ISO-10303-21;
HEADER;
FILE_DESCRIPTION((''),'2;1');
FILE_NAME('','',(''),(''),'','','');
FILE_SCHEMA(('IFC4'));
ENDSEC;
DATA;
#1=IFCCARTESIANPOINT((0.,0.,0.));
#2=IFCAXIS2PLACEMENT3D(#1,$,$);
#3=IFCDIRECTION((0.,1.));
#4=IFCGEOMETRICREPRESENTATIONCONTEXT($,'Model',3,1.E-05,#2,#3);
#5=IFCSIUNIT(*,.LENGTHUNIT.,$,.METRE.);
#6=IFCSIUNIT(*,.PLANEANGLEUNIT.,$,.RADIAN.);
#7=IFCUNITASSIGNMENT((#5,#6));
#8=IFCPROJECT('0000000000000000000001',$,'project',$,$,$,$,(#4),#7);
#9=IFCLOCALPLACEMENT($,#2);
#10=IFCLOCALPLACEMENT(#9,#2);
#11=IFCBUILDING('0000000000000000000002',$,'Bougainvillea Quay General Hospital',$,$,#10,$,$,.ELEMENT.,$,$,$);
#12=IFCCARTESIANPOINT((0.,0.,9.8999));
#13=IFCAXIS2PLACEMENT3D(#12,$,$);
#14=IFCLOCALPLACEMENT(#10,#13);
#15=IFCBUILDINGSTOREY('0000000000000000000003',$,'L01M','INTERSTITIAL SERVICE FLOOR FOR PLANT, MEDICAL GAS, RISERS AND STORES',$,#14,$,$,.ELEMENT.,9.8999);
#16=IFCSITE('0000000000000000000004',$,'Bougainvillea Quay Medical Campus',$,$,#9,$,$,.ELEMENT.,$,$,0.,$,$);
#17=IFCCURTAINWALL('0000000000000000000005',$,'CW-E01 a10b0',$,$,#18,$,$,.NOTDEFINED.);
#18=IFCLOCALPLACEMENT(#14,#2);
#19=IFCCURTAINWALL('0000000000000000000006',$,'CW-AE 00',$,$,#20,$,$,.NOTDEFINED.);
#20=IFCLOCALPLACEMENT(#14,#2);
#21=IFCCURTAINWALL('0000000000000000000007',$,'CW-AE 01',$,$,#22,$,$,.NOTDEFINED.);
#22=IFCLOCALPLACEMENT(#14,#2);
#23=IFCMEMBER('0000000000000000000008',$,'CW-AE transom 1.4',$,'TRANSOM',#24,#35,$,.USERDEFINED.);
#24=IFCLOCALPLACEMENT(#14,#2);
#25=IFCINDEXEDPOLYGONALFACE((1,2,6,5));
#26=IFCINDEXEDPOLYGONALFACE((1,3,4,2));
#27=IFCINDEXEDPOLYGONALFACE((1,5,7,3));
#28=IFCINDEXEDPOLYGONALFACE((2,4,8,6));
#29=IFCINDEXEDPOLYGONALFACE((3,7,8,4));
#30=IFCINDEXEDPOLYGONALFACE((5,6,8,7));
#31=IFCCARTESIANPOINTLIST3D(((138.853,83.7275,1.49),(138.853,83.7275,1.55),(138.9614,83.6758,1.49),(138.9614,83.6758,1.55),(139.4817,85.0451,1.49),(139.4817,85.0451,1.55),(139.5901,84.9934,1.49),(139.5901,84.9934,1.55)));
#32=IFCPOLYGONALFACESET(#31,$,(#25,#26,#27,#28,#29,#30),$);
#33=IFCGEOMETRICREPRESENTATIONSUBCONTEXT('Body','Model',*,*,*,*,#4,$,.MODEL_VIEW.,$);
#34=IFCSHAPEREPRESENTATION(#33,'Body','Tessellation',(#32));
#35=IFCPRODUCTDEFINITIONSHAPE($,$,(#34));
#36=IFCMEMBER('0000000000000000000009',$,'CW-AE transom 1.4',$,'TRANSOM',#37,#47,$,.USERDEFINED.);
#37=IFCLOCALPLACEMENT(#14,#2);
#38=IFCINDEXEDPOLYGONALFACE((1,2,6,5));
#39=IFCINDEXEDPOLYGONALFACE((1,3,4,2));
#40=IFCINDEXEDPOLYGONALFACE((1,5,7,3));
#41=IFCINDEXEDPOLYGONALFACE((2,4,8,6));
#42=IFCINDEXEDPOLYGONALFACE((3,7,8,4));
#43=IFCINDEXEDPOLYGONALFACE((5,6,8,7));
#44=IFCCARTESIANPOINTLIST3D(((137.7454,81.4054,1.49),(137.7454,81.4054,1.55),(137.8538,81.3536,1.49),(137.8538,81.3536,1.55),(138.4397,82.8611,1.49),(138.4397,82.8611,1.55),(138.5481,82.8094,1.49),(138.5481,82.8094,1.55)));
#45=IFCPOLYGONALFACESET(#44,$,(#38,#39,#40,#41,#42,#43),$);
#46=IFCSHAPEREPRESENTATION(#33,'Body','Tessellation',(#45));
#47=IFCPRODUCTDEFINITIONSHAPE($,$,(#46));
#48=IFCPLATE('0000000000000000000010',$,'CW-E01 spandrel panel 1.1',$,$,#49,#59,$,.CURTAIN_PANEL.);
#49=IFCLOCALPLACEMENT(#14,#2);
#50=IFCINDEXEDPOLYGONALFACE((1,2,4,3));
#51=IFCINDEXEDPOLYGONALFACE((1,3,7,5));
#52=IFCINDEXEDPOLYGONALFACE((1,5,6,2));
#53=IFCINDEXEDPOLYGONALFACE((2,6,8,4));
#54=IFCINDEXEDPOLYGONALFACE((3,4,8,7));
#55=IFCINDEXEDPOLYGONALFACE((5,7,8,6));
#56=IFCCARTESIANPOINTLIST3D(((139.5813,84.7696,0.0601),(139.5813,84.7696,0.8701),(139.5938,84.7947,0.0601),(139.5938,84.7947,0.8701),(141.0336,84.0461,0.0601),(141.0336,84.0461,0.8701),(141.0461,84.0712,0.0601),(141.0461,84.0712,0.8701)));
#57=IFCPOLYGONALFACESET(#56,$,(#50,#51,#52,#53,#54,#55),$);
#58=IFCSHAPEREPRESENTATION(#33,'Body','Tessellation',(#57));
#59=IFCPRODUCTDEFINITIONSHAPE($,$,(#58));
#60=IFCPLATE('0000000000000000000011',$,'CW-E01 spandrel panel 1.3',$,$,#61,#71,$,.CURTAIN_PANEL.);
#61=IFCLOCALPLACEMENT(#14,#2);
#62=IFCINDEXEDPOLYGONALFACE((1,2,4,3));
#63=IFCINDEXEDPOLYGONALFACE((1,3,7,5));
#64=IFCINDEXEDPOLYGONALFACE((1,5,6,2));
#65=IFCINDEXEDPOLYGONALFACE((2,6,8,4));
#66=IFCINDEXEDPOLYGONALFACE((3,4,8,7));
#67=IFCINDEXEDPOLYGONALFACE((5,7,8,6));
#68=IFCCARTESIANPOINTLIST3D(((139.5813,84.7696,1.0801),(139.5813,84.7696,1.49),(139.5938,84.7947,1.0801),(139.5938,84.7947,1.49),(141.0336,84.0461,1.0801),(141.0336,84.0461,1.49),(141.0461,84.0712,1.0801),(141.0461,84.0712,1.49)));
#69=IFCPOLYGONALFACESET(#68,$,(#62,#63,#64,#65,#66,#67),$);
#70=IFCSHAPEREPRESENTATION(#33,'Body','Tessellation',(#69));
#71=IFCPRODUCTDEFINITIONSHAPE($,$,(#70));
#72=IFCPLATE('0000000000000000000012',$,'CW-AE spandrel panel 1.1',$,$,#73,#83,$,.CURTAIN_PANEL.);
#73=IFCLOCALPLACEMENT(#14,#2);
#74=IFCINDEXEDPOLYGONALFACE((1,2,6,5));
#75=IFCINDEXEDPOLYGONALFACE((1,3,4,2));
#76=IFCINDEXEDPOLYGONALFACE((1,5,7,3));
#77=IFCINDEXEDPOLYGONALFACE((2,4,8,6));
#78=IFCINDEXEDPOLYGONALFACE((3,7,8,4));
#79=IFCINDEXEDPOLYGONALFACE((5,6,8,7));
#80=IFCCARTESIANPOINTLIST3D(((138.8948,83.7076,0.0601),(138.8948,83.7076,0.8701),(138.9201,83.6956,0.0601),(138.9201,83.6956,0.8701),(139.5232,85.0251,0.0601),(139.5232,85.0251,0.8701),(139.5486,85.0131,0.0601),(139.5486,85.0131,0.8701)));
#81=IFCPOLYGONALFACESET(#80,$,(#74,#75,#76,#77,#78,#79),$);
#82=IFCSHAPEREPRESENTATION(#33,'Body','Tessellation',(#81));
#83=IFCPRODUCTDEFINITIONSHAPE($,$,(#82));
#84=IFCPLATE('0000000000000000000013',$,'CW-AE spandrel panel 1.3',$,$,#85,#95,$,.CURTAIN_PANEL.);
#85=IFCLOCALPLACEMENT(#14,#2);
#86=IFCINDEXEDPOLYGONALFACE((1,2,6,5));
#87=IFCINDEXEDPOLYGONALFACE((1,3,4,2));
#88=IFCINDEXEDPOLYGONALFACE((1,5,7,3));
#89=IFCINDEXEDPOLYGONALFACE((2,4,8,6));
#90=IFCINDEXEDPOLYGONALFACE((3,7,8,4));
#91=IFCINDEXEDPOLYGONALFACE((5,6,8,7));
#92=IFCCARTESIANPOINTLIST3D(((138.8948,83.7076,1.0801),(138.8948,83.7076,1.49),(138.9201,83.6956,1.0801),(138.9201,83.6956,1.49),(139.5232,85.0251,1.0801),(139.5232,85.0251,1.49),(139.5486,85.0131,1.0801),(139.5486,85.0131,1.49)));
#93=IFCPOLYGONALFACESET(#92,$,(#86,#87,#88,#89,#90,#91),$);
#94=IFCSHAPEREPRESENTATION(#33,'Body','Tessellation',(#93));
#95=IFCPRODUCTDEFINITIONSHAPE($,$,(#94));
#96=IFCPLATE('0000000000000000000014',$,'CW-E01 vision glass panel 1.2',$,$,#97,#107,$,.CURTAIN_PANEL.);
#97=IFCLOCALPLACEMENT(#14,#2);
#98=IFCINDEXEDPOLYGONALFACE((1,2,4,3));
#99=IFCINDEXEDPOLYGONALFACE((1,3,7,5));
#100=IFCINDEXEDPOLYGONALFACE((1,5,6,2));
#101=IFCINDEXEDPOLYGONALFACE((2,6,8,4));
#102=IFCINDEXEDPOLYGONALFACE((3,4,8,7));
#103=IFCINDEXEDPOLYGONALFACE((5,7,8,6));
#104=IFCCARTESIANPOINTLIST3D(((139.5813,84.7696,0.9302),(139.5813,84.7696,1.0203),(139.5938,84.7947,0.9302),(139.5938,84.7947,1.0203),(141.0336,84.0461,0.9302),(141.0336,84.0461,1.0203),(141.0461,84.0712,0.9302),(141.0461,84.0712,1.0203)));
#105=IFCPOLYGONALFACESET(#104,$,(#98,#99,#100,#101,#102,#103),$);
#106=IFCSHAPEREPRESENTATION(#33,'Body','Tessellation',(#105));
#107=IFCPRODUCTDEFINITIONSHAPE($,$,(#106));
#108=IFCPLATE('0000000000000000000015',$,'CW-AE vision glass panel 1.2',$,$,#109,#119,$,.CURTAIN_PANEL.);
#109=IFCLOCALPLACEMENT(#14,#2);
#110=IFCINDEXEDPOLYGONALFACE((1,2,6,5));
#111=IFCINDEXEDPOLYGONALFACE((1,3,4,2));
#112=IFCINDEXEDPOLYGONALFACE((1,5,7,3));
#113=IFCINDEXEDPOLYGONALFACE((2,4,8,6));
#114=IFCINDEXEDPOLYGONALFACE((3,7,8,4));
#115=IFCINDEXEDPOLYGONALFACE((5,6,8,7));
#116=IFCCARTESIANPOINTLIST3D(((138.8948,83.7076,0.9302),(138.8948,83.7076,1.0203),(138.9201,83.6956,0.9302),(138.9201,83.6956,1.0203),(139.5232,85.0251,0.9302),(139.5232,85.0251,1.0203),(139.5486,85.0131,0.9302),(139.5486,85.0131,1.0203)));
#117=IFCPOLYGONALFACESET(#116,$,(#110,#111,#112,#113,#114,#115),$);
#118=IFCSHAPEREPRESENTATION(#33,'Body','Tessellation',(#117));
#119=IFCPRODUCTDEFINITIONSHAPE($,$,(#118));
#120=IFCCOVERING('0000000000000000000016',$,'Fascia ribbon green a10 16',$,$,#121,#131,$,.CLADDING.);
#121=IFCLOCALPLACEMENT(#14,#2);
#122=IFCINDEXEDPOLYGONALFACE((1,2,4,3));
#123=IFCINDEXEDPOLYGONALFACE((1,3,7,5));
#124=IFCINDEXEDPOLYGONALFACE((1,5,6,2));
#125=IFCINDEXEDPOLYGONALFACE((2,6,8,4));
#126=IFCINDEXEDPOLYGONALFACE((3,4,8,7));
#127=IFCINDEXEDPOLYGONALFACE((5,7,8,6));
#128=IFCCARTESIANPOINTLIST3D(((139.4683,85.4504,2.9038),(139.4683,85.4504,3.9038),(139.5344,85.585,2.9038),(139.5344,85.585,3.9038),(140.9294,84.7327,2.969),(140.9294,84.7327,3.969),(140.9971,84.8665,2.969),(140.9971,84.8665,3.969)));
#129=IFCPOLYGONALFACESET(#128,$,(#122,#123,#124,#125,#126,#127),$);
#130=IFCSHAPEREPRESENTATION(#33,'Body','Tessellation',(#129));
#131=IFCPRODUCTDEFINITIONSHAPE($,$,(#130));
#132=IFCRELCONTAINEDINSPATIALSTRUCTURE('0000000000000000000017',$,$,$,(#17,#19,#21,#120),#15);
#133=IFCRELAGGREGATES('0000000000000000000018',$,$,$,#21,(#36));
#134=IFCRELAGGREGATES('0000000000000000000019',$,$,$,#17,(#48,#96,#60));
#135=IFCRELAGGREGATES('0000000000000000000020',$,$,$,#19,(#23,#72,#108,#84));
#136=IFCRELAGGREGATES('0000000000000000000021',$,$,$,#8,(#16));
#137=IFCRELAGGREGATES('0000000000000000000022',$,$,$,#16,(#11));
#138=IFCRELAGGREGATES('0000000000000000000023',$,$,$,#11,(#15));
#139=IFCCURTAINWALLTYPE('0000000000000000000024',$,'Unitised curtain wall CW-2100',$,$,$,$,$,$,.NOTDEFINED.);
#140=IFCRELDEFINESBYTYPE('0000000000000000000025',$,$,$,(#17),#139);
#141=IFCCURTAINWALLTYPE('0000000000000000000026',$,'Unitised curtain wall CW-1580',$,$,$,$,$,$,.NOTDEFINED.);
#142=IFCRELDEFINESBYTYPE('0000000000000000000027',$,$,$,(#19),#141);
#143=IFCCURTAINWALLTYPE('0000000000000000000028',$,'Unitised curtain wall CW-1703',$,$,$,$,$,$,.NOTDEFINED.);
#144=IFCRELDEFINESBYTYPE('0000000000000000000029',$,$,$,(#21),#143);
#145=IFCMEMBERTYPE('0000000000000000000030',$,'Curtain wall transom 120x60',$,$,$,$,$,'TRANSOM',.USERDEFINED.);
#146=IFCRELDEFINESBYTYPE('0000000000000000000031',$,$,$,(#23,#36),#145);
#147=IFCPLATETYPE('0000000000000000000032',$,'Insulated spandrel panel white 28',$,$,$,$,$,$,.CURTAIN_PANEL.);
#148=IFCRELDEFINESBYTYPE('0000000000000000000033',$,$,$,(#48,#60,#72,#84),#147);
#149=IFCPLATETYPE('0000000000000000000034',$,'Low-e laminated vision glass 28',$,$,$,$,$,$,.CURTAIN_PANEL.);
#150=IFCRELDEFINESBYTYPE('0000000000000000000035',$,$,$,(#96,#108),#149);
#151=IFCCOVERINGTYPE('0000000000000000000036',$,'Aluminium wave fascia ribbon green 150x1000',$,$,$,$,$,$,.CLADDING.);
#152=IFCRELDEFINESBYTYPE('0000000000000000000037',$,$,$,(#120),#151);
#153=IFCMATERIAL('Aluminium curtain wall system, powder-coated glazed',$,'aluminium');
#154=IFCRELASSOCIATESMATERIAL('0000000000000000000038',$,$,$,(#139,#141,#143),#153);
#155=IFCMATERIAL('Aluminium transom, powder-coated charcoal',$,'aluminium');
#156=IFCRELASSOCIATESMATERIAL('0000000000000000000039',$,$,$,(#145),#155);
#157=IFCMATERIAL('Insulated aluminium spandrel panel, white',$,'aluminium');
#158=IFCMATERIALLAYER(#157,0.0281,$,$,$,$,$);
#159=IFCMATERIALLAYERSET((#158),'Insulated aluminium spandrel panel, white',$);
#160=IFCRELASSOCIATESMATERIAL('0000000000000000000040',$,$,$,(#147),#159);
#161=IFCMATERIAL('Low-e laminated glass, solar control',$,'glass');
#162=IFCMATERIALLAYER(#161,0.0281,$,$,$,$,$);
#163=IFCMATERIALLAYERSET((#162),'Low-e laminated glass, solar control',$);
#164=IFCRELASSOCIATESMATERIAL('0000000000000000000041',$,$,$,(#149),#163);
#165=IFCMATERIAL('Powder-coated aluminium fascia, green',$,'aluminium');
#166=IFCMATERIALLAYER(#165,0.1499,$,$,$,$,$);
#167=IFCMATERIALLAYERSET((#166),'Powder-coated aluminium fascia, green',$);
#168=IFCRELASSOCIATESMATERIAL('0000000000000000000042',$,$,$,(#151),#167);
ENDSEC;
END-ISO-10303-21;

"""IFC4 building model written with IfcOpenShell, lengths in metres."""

from ifc_helpers import new_model, si_unit, direction, frame, origin, origin_2d, place, context, subcontext, project, spatial, polyline, rectangle, outline, extrude, material, layer, layer_set, material_profile, profile_set, type_object, element, aggregate, save


model = new_model("IFC4")

# Units and contexts
model_context = context("Model", 3, precision=1e-05, world=origin(), true_north=direction((0.0, 1.0)))
body_context = subcontext(model_context, "Body", "Model", "MODEL_VIEW")
ifc_project = project(units=[si_unit("LENGTHUNIT", "METRE"), si_unit("PLANEANGLEUNIT", "RADIAN")], contexts=[model_context])

# Site, building, storey
site_placement = place(None, origin())
site = spatial("IfcSite", under=ifc_project, at=site_placement, Name="Bougainvillea Quay Medical Campus", CompositionType="ELEMENT", RefElevation=0.0)
building_placement = place(site_placement, origin())
building = spatial("IfcBuilding", under=site, at=building_placement, Name="Bougainvillea Quay General Hospital", CompositionType="ELEMENT")
storey_placement = place(building_placement, frame((0.0, 0.0, 9.8999)))
storey = spatial("IfcBuildingStorey", under=building, at=storey_placement, Name="L01M", Description="INTERSTITIAL SERVICE FLOOR FOR PLANT, MEDICAL GAS, RISERS AND STORES", CompositionType="ELEMENT", Elevation=9.8999)

# Curtain walls
ifc_material_1 = material(Name="Aluminium curtain wall system, powder-coated glazed", Category="aluminium")
curtain_wall_type_1 = type_object("IfcCurtainWallType", Name="Unitised curtain wall CW-2100", PredefinedType="NOTDEFINED", material=ifc_material_1)
curtain_wall_1_placement = place(storey_placement, origin())
curtain_wall_1 = element("IfcCurtainWall", 1, at=curtain_wall_1_placement, inside=storey, type_object=curtain_wall_type_1, Name="CW-E01 a10b0", PredefinedType="NOTDEFINED")
curtain_wall_type_2 = type_object("IfcCurtainWallType", Name="Unitised curtain wall CW-1580", PredefinedType="NOTDEFINED", material=ifc_material_1)
curtain_wall_2_placement = place(storey_placement, origin())
curtain_wall_2 = element("IfcCurtainWall", 2, at=curtain_wall_2_placement, inside=storey, type_object=curtain_wall_type_2, Name="CW-AE 00", PredefinedType="NOTDEFINED")

# Curtain wall
curtain_wall_type_3 = type_object("IfcCurtainWallType", Name="Unitised curtain wall CW-1703", PredefinedType="NOTDEFINED", material=ifc_material_1)
curtain_wall_3_placement = place(storey_placement, origin())
curtain_wall_3 = element("IfcCurtainWall", 3, at=curtain_wall_3_placement, inside=storey, type_object=curtain_wall_type_3, Name="CW-AE 01", PredefinedType="NOTDEFINED")

# Members
ifc_material_2 = material(Name="Aluminium transom, powder-coated charcoal", Category="aluminium")
ifc_material_profile_1 = material_profile(ifc_material_2, rectangle(XDim=0.1201, YDim=0.0601, at=origin_2d()))
ifc_profile_set_1 = profile_set([ifc_material_profile_1], Name="Aluminium transom, powder-coated charcoal")
member_type_1 = type_object("IfcMemberType", Name="Curtain wall transom 120x60", ElementType="TRANSOM", PredefinedType="USERDEFINED", material=ifc_profile_set_1)
member_1_placement = place(storey_placement, frame((139.5359, 85.0193, 1.52), z_axis=(-0.430615, -0.902536, 0.0), x_axis=(0.902536, -0.430615, 0.0)))
member_1 = element("IfcMember", 4, at=member_1_placement, type_object=member_type_1, Name="CW-AE transom 1.4", ObjectType="TRANSOM", PredefinedType="USERDEFINED", context=body_context, shape_type="SweptSolid", body=[
    extrude(rectangle(XDim=0.1201, YDim=0.0601, at=origin_2d()), origin(), (0.0, 0.0, 1.0), 1.46),
])
member_2_placement = place(storey_placement, frame((138.4939, 82.8352, 1.52), z_axis=(-0.430486, -0.902597, 0.0), x_axis=(0.902597, -0.430486, 0.0)))
member_2 = element("IfcMember", 5, at=member_2_placement, type_object=member_type_1, Name="CW-AE transom 1.4", ObjectType="TRANSOM", PredefinedType="USERDEFINED", context=body_context, shape_type="SweptSolid", body=[
    extrude(rectangle(XDim=0.1201, YDim=0.0601, at=origin_2d()), origin(), (0.0, 0.0, 1.0), 1.6128),
])
aggregate(curtain_wall_3, [member_2])

# Plates
ifc_material_3 = material(Name="Insulated aluminium spandrel panel, white", Category="aluminium")
ifc_layer_1 = layer(ifc_material_3, 0.0281)
ifc_layer_set_1 = layer_set([ifc_layer_1], Name="Insulated aluminium spandrel panel, white")
plate_type_1 = type_object("IfcPlateType", Name="Insulated spandrel panel white 28", PredefinedType="CURTAIN_PANEL", material=ifc_layer_set_1)
plate_1_placement = place(storey_placement, frame((140.3137, 84.4204, 0.0601), z_axis=(0.0, 0.0, 1.0), x_axis=(0.895076, -0.445914, 0.0)))
plate_1 = element("IfcPlate", 6, at=plate_1_placement, type_object=plate_type_1, Name="CW-E01 spandrel panel 1.1", PredefinedType="CURTAIN_PANEL", context=body_context, shape_type="SweptSolid", body=[
    extrude(rectangle(XDim=1.6226, YDim=0.0281, at=origin_2d()), origin(), (0.0, 0.0, 1.0), 0.8101),
])
plate_2_placement = place(storey_placement, frame((140.3137, 84.4204, 1.0801), z_axis=(0.0, 0.0, 1.0), x_axis=(0.895076, -0.445914, 0.0)))
plate_2 = element("IfcPlate", 7, at=plate_2_placement, type_object=plate_type_1, Name="CW-E01 spandrel panel 1.3", PredefinedType="CURTAIN_PANEL", context=body_context, shape_type="SweptSolid", body=[
    extrude(rectangle(XDim=1.6226, YDim=0.0281, at=origin_2d()), origin(), (0.0, 0.0, 1.0), 0.4099),
])
plate_3_placement = place(storey_placement, frame((139.2217, 84.3604, 0.0601), z_axis=(0.0, 0.0, 1.0), x_axis=(-0.430525, -0.902578, 0.0)))
plate_3 = element("IfcPlate", 8, at=plate_3_placement, type_object=plate_type_1, Name="CW-AE spandrel panel 1.1", PredefinedType="CURTAIN_PANEL", context=body_context, shape_type="SweptSolid", body=[
    extrude(rectangle(XDim=1.4597, YDim=0.0281, at=origin_2d()), origin(), (0.0, 0.0, 1.0), 0.8101),
])
plate_4_placement = place(storey_placement, frame((139.2217, 84.3604, 1.0801), z_axis=(0.0, 0.0, 1.0), x_axis=(-0.430525, -0.902578, 0.0)))
plate_4 = element("IfcPlate", 9, at=plate_4_placement, type_object=plate_type_1, Name="CW-AE spandrel panel 1.3", PredefinedType="CURTAIN_PANEL", context=body_context, shape_type="SweptSolid", body=[
    extrude(rectangle(XDim=1.4597, YDim=0.0281, at=origin_2d()), origin(), (0.0, 0.0, 1.0), 0.4099),
])
ifc_material_4 = material(Name="Low-e laminated glass, solar control", Category="glass")
ifc_layer_2 = layer(ifc_material_4, 0.0281)
ifc_layer_set_2 = layer_set([ifc_layer_2], Name="Low-e laminated glass, solar control")
plate_type_2 = type_object("IfcPlateType", Name="Low-e laminated vision glass 28", PredefinedType="CURTAIN_PANEL", material=ifc_layer_set_2)
plate_5_placement = place(storey_placement, frame((140.3137, 84.4204, 0.9302), z_axis=(0.0, 0.0, 1.0), x_axis=(0.895076, -0.445914, 0.0)))
plate_5 = element("IfcPlate", 10, at=plate_5_placement, type_object=plate_type_2, Name="CW-E01 vision glass panel 1.2", PredefinedType="CURTAIN_PANEL", context=body_context, shape_type="SweptSolid", body=[
    extrude(rectangle(XDim=1.6226, YDim=0.0281, at=origin_2d()), origin(), (0.0, 0.0, 1.0), 0.0901),
])
aggregate(curtain_wall_1, [plate_1, plate_5, plate_2])
plate_6_placement = place(storey_placement, frame((139.2217, 84.3604, 0.9302), z_axis=(0.0, 0.0, 1.0), x_axis=(-0.430525, -0.902578, 0.0)))
plate_6 = element("IfcPlate", 11, at=plate_6_placement, type_object=plate_type_2, Name="CW-AE vision glass panel 1.2", PredefinedType="CURTAIN_PANEL", context=body_context, shape_type="SweptSolid", body=[
    extrude(rectangle(XDim=1.4597, YDim=0.0281, at=origin_2d()), origin(), (0.0, 0.0, 1.0), 0.0901),
])
aggregate(curtain_wall_2, [member_1, plate_3, plate_6, plate_4])

# Covering
ifc_material_5 = material(Name="Powder-coated aluminium fascia, green", Category="aluminium")
ifc_layer_3 = layer(ifc_material_5, 0.1499)
ifc_layer_set_3 = layer_set([ifc_layer_3], Name="Powder-coated aluminium fascia, green")
covering_type = type_object("IfcCoveringType", Name="Aluminium wave fascia ribbon green 150x1000", PredefinedType="CLADDING", material=ifc_layer_set_3)
covering_placement = place(storey_placement, frame((140.9294, 84.7327, 2.969), z_axis=(-0.035788, 0.017845, 0.9992), x_axis=(-0.896836, 0.440551, -0.039989)))
element("IfcCovering", 12, at=covering_placement, inside=storey, type_object=covering_type, Name="Fascia ribbon green a10 16", PredefinedType="CLADDING", context=body_context, shape_type="SweptSolid", body=[
    extrude(outline(polyline([(0.0, 0.0), (1.6293, 0.0), (1.6292, -0.1499), (-0.0017, -0.1499), (0.0, 0.0)])), origin(), (-0.039989, 0.000238, 0.9992), 1.0),
])

save(model, "model.ifc")
